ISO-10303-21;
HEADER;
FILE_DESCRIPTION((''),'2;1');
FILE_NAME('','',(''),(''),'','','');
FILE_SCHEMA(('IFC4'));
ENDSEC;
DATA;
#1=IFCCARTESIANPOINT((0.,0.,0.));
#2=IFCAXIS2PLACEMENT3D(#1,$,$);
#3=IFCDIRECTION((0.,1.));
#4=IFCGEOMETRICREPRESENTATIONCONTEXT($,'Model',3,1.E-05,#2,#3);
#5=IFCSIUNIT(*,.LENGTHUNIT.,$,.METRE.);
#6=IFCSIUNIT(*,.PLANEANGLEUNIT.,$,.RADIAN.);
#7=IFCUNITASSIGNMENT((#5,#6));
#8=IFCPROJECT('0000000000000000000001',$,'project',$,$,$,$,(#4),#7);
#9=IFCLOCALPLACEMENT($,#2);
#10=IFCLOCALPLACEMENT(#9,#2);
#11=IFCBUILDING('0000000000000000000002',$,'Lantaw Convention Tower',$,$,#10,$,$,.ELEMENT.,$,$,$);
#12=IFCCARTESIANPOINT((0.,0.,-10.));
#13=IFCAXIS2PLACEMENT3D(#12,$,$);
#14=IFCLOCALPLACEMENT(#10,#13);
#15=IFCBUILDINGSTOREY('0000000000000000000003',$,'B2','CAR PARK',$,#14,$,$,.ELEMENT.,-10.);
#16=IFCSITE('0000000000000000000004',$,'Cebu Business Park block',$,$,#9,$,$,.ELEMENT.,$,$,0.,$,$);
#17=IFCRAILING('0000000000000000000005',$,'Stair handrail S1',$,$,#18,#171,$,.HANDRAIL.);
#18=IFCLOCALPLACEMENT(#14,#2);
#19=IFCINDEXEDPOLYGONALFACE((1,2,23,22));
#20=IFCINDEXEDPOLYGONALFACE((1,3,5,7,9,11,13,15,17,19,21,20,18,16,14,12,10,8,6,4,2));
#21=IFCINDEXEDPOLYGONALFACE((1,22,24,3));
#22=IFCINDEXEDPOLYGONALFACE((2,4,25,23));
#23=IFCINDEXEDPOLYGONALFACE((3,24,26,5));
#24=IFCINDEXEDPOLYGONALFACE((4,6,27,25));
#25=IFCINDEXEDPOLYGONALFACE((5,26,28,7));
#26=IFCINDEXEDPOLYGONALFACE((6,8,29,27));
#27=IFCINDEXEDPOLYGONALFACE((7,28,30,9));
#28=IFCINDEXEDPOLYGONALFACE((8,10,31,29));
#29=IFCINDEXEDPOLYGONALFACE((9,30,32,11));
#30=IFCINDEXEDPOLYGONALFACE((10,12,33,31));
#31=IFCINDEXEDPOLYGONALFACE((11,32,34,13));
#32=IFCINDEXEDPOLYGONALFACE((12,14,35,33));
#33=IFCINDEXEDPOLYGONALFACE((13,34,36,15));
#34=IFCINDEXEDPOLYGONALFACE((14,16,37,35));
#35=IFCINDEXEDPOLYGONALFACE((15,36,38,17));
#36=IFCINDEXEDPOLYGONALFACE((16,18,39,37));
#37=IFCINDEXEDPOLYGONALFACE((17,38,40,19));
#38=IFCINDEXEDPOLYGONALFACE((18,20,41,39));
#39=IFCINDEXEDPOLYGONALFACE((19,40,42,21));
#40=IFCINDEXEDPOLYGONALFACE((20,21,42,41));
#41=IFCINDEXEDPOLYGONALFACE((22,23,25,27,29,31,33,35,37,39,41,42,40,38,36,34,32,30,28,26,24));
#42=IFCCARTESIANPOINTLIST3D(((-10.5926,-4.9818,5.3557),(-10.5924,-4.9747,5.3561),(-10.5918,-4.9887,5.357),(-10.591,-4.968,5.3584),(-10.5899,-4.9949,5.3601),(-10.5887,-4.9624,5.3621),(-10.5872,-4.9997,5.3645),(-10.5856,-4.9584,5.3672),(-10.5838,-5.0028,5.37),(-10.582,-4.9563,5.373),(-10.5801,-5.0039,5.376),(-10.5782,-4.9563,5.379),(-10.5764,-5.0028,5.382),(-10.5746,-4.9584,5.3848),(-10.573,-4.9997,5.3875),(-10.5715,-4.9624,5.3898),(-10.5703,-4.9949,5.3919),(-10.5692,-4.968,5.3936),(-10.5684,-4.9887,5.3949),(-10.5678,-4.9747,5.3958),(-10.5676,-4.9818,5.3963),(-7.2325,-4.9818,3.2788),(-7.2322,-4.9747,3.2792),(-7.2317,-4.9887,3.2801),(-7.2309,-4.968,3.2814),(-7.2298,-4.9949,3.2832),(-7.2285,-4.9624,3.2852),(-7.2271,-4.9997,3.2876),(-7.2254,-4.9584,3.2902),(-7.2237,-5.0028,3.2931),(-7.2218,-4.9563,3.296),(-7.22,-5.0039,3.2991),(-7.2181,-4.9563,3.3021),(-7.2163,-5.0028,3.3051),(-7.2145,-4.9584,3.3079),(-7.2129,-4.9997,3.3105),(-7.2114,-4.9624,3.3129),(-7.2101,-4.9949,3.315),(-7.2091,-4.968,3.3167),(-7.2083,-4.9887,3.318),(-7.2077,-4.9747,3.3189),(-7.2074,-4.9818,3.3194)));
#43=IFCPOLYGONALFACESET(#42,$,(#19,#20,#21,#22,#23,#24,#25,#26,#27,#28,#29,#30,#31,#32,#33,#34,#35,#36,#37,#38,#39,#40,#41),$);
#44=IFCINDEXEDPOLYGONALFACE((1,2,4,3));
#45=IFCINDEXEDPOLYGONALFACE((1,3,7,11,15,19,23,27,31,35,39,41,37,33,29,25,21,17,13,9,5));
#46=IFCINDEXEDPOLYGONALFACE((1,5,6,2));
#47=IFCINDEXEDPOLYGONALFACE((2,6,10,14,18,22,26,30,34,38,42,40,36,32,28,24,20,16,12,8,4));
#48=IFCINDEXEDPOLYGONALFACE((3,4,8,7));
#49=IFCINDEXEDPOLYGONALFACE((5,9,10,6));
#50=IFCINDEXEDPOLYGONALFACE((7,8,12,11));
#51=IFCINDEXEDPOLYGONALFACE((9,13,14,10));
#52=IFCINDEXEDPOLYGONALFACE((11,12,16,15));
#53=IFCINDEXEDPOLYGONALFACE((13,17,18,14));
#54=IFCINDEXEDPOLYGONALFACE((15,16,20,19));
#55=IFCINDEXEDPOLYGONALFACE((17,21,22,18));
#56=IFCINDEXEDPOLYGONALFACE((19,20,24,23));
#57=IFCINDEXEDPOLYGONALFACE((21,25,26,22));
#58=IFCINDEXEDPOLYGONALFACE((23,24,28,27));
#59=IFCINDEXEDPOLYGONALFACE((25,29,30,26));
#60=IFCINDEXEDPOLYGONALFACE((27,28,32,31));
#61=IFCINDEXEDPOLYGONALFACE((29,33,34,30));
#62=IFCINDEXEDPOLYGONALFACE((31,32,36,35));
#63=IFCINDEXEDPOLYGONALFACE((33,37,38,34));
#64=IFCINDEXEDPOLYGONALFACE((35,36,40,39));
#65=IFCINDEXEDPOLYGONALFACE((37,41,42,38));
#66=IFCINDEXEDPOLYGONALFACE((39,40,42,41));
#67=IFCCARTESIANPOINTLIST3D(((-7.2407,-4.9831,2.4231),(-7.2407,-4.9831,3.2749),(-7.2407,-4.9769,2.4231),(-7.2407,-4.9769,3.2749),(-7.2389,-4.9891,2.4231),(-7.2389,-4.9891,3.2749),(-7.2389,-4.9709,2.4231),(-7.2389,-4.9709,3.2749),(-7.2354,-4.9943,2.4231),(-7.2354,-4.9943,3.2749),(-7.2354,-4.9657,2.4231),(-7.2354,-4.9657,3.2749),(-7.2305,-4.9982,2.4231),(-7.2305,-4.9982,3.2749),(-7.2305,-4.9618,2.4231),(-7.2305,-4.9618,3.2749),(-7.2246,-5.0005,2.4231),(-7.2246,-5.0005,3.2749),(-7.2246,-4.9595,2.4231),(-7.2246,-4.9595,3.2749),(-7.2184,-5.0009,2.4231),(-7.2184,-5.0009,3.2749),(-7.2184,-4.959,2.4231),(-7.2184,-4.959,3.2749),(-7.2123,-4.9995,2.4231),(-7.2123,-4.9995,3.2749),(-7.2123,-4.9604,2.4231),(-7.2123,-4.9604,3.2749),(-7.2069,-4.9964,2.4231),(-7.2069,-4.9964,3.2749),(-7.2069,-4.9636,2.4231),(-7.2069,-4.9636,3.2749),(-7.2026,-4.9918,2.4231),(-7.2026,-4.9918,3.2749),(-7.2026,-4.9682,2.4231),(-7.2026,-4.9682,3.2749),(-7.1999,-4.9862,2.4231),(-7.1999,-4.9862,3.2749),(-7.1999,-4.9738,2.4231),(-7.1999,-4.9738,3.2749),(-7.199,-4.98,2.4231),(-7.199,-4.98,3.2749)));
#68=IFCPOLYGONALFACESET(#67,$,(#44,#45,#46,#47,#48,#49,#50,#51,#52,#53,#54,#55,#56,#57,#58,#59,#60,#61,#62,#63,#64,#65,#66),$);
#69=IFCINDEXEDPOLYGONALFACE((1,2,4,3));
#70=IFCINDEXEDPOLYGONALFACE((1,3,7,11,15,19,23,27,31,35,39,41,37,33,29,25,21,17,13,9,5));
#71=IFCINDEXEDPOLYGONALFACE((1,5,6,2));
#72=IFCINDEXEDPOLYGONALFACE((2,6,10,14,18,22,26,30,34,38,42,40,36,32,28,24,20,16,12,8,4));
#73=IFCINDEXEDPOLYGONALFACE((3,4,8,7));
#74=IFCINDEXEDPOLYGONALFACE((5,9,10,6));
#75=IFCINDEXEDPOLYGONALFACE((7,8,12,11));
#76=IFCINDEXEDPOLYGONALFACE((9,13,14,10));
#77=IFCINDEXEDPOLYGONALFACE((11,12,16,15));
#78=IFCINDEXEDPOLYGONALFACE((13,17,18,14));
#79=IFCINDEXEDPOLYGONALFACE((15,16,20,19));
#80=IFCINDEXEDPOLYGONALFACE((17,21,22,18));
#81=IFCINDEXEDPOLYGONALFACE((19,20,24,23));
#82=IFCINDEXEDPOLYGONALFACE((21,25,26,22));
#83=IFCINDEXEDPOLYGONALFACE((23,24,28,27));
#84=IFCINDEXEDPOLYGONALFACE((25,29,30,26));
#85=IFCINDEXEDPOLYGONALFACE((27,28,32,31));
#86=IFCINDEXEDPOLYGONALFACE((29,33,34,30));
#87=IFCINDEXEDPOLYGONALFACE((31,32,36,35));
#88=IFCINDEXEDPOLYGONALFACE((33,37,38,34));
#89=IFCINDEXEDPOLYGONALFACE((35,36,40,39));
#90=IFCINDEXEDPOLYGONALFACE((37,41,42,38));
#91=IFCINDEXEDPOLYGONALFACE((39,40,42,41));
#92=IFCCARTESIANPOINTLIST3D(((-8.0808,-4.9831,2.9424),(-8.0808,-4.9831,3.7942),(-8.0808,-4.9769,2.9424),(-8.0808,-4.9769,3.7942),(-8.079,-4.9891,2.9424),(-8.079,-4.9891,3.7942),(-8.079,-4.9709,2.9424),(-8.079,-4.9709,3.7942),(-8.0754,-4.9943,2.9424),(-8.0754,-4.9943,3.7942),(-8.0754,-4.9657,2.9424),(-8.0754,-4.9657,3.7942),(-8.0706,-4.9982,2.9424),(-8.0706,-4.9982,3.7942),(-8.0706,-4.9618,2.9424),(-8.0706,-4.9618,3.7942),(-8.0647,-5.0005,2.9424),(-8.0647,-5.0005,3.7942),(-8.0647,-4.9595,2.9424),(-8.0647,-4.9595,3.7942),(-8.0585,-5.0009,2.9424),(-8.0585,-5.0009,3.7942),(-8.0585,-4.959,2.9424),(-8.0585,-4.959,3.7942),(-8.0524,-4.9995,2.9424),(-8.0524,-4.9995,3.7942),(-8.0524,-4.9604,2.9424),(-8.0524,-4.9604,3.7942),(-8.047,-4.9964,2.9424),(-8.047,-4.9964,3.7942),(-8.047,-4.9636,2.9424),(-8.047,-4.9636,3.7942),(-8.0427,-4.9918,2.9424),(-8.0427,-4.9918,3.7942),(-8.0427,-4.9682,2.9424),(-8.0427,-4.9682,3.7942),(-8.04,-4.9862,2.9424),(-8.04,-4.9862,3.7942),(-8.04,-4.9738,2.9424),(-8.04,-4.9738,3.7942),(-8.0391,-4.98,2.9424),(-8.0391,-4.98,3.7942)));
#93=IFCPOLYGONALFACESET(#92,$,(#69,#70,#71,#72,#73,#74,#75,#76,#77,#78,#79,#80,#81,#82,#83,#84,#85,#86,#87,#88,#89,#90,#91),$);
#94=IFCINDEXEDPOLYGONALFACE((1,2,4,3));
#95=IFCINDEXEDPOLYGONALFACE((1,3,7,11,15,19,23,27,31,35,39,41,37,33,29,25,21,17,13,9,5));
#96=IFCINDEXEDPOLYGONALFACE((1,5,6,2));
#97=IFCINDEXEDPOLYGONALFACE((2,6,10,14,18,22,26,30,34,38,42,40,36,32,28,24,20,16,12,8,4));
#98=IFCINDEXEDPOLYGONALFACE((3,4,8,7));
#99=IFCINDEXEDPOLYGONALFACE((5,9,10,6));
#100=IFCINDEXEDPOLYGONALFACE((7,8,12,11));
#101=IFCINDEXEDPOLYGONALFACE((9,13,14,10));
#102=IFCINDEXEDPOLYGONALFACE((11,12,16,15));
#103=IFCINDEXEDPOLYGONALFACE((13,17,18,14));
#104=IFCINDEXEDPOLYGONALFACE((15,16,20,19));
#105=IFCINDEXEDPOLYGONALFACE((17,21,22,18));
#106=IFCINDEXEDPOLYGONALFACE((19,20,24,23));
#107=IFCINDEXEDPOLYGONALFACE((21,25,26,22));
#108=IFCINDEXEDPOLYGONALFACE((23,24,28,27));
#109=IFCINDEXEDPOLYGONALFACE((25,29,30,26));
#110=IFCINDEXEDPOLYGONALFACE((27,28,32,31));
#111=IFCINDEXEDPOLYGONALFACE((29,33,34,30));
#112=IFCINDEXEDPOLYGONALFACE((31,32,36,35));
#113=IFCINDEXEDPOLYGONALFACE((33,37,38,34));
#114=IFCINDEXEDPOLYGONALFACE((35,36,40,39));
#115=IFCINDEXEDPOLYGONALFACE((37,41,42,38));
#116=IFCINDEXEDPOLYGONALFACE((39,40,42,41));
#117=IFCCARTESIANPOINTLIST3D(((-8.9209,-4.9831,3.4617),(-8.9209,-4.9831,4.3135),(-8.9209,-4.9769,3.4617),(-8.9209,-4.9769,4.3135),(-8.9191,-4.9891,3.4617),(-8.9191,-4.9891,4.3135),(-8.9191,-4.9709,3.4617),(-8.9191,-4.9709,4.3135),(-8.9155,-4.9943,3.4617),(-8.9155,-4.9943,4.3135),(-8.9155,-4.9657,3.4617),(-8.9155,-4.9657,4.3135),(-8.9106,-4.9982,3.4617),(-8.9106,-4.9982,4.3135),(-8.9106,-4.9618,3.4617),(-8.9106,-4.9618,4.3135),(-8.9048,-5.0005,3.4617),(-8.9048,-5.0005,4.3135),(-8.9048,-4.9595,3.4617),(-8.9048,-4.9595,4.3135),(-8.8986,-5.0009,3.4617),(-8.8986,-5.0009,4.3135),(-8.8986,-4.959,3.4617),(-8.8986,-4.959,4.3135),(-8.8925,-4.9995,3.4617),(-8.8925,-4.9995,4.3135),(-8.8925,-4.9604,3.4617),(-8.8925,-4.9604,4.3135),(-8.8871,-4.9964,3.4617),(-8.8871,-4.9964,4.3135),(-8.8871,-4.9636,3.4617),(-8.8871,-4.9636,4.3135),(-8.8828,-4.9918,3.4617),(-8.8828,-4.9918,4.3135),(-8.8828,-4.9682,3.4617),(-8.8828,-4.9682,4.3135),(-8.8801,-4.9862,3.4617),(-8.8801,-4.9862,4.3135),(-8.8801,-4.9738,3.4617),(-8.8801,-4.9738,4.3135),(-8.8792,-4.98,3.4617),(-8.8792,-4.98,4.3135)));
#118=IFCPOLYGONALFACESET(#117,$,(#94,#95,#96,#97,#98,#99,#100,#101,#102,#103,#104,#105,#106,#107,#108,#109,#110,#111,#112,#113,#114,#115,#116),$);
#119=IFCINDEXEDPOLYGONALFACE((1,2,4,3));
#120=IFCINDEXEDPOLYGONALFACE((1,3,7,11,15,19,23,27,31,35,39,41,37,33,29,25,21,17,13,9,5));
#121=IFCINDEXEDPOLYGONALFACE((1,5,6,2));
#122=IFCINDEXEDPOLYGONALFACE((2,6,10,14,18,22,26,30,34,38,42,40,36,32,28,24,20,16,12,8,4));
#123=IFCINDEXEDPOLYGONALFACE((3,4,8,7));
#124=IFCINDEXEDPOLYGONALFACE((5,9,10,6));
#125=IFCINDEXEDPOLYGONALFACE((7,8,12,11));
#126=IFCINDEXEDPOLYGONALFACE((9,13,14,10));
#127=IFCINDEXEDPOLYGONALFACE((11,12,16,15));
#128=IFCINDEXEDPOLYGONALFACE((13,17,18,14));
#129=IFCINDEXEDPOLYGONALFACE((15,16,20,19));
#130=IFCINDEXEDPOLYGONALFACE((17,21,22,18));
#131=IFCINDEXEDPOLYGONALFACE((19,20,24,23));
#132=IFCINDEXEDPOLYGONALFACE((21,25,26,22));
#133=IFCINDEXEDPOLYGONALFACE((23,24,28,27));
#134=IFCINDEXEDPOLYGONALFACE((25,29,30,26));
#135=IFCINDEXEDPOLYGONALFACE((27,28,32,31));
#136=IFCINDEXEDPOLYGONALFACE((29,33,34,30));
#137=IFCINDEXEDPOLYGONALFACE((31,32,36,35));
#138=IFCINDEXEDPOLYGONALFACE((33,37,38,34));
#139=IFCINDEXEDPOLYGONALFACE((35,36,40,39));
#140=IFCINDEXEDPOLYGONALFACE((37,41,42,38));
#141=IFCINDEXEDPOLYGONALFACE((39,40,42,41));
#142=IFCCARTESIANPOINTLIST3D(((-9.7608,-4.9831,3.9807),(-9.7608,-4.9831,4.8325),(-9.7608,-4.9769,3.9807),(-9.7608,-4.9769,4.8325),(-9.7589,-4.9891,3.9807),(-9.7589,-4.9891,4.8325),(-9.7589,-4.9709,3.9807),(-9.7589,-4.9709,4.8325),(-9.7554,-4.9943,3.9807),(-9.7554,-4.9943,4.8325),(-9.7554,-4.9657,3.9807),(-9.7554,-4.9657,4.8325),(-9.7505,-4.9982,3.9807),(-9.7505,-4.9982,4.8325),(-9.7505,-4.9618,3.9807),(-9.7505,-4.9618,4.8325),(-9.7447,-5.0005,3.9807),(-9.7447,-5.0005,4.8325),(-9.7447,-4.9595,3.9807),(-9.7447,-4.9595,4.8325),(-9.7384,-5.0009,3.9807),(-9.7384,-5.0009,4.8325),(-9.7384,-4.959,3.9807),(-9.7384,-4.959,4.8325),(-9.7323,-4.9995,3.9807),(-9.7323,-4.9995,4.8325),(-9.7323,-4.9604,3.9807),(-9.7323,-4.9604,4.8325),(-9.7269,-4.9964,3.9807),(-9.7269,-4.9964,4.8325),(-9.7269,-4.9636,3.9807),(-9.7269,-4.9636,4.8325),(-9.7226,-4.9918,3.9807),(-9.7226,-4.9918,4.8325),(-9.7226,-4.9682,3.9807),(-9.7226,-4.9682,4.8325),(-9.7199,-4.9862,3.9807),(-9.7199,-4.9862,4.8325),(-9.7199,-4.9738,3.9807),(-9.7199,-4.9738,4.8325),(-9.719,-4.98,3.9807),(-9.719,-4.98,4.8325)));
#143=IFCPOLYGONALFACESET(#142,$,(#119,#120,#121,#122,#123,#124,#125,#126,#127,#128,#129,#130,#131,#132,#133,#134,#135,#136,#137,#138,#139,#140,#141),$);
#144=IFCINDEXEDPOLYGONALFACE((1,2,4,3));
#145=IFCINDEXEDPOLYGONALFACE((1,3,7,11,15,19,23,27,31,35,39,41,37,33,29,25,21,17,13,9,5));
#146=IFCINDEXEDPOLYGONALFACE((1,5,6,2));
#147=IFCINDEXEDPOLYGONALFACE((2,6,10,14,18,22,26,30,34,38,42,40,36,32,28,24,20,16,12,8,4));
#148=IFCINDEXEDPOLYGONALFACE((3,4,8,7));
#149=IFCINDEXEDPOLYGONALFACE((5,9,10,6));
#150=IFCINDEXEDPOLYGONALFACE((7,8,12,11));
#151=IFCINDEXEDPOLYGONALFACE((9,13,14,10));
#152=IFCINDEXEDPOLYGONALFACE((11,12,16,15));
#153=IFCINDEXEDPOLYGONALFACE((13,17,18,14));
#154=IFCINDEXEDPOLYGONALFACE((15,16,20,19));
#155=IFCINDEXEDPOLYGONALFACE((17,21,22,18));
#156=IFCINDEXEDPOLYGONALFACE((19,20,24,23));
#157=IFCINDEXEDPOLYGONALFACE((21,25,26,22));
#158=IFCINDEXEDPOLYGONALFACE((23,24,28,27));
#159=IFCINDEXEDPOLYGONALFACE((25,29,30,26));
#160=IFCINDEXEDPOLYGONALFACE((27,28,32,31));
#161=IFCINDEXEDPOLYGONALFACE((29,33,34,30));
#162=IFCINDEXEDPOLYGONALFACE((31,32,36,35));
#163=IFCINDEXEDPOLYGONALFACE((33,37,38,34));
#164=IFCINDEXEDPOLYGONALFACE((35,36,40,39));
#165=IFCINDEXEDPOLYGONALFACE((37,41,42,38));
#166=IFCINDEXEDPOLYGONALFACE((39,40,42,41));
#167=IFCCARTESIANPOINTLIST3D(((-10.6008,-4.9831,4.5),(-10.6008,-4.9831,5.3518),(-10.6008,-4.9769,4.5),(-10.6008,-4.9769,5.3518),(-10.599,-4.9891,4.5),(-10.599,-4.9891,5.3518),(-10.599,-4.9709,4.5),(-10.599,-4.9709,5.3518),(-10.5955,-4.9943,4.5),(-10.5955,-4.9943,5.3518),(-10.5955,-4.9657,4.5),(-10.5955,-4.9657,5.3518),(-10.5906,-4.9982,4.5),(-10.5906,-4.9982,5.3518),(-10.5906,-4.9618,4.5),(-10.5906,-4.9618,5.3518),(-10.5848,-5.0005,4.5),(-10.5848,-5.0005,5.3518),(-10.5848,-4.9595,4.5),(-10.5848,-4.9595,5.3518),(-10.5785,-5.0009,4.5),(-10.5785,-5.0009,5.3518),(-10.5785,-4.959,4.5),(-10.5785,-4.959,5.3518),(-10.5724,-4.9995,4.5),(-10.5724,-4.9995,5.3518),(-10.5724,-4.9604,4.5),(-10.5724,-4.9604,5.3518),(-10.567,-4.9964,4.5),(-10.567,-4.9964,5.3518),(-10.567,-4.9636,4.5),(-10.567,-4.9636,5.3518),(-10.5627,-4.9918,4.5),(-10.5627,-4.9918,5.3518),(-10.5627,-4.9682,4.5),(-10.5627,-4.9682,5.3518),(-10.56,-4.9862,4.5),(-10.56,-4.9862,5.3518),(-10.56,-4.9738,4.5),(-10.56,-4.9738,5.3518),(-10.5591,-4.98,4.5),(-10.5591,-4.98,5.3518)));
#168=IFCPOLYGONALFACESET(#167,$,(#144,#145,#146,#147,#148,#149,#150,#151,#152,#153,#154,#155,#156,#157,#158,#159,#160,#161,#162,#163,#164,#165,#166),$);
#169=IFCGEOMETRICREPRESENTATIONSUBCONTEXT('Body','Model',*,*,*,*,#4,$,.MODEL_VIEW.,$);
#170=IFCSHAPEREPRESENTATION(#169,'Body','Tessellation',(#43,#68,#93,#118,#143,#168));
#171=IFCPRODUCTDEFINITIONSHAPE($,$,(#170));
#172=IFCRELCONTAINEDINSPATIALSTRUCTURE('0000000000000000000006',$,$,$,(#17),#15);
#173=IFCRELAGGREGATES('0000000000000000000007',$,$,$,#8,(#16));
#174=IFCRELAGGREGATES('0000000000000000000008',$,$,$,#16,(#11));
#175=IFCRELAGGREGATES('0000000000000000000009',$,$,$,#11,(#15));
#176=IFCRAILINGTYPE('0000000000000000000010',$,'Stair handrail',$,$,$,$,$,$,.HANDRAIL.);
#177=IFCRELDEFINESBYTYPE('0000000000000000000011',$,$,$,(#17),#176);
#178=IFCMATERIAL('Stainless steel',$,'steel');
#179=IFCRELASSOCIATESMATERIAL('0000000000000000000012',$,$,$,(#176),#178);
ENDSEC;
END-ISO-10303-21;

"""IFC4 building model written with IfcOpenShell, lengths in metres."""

from ifc_helpers import new_model, si_unit, direction, frame, origin, origin_2d, place, context, subcontext, project, spatial, circle, extrude, material, type_object, element, save


model = new_model("IFC4")

# Units and contexts
model_context = context("Model", 3, precision=1e-05, world=origin(), true_north=direction((0.0, 1.0)))
body_context = subcontext(model_context, "Body", "Model", "MODEL_VIEW")
ifc_project = project(units=[si_unit("LENGTHUNIT", "METRE"), si_unit("PLANEANGLEUNIT", "RADIAN")], contexts=[model_context])

# Site, building, storey
site_placement = place(None, origin())
site = spatial("IfcSite", under=ifc_project, at=site_placement, Name="Cebu Business Park block", CompositionType="ELEMENT", RefElevation=0.0)
building_placement = place(site_placement, origin())
building = spatial("IfcBuilding", under=site, at=building_placement, Name="Lantaw Convention Tower", CompositionType="ELEMENT")
storey_placement = place(building_placement, frame((0.0, 0.0, -10.0)))
storey = spatial("IfcBuildingStorey", under=building, at=storey_placement, Name="B2", Description="CAR PARK", CompositionType="ELEMENT", Elevation=-10.0)

# Railing
ifc_material_1 = material(Name="Stainless steel", Category="steel")
railing_type = type_object("IfcRailingType", Name="Stair handrail", PredefinedType="HANDRAIL", material=ifc_material_1)
railing_1_placement = place(storey_placement, frame((-7.22, -4.98, 2.4231)))
element("IfcRailing", 1, at=railing_1_placement, inside=storey, type_object=railing_type, Name="Stair handrail S1", PredefinedType="HANDRAIL", context=body_context, shape_type="SweptSolid", body=[
    extrude(circle(Radius=0.0239, at=origin_2d()), frame((0.0, 0.0, 0.876), z_axis=(-0.850623, 0.0, 0.525776), x_axis=(0.0, -1.0, 0.0)), (0.0, 0.0, 1.0), 3.9502),
    extrude(circle(Radius=0.021, at=origin_2d()), origin(), (0.0, 0.0, 1.0), 0.8518),
    extrude(circle(Radius=0.021, at=origin_2d()), frame((-0.8401, 0.0, 0.5193)), (0.0, 0.0, 1.0), 0.8518),
    extrude(circle(Radius=0.021, at=origin_2d()), frame((-1.6802, 0.0, 1.0386)), (0.0, 0.0, 1.0), 0.8518),
    extrude(circle(Radius=0.021, at=origin_2d()), frame((-2.52, 0.0, 1.5576)), (0.0, 0.0, 1.0), 0.8518),
    extrude(circle(Radius=0.021, at=origin_2d()), frame((-3.3601, 0.0, 2.0769)), (0.0, 0.0, 1.0), 0.8518),
])

save(model, "model.ifc")
